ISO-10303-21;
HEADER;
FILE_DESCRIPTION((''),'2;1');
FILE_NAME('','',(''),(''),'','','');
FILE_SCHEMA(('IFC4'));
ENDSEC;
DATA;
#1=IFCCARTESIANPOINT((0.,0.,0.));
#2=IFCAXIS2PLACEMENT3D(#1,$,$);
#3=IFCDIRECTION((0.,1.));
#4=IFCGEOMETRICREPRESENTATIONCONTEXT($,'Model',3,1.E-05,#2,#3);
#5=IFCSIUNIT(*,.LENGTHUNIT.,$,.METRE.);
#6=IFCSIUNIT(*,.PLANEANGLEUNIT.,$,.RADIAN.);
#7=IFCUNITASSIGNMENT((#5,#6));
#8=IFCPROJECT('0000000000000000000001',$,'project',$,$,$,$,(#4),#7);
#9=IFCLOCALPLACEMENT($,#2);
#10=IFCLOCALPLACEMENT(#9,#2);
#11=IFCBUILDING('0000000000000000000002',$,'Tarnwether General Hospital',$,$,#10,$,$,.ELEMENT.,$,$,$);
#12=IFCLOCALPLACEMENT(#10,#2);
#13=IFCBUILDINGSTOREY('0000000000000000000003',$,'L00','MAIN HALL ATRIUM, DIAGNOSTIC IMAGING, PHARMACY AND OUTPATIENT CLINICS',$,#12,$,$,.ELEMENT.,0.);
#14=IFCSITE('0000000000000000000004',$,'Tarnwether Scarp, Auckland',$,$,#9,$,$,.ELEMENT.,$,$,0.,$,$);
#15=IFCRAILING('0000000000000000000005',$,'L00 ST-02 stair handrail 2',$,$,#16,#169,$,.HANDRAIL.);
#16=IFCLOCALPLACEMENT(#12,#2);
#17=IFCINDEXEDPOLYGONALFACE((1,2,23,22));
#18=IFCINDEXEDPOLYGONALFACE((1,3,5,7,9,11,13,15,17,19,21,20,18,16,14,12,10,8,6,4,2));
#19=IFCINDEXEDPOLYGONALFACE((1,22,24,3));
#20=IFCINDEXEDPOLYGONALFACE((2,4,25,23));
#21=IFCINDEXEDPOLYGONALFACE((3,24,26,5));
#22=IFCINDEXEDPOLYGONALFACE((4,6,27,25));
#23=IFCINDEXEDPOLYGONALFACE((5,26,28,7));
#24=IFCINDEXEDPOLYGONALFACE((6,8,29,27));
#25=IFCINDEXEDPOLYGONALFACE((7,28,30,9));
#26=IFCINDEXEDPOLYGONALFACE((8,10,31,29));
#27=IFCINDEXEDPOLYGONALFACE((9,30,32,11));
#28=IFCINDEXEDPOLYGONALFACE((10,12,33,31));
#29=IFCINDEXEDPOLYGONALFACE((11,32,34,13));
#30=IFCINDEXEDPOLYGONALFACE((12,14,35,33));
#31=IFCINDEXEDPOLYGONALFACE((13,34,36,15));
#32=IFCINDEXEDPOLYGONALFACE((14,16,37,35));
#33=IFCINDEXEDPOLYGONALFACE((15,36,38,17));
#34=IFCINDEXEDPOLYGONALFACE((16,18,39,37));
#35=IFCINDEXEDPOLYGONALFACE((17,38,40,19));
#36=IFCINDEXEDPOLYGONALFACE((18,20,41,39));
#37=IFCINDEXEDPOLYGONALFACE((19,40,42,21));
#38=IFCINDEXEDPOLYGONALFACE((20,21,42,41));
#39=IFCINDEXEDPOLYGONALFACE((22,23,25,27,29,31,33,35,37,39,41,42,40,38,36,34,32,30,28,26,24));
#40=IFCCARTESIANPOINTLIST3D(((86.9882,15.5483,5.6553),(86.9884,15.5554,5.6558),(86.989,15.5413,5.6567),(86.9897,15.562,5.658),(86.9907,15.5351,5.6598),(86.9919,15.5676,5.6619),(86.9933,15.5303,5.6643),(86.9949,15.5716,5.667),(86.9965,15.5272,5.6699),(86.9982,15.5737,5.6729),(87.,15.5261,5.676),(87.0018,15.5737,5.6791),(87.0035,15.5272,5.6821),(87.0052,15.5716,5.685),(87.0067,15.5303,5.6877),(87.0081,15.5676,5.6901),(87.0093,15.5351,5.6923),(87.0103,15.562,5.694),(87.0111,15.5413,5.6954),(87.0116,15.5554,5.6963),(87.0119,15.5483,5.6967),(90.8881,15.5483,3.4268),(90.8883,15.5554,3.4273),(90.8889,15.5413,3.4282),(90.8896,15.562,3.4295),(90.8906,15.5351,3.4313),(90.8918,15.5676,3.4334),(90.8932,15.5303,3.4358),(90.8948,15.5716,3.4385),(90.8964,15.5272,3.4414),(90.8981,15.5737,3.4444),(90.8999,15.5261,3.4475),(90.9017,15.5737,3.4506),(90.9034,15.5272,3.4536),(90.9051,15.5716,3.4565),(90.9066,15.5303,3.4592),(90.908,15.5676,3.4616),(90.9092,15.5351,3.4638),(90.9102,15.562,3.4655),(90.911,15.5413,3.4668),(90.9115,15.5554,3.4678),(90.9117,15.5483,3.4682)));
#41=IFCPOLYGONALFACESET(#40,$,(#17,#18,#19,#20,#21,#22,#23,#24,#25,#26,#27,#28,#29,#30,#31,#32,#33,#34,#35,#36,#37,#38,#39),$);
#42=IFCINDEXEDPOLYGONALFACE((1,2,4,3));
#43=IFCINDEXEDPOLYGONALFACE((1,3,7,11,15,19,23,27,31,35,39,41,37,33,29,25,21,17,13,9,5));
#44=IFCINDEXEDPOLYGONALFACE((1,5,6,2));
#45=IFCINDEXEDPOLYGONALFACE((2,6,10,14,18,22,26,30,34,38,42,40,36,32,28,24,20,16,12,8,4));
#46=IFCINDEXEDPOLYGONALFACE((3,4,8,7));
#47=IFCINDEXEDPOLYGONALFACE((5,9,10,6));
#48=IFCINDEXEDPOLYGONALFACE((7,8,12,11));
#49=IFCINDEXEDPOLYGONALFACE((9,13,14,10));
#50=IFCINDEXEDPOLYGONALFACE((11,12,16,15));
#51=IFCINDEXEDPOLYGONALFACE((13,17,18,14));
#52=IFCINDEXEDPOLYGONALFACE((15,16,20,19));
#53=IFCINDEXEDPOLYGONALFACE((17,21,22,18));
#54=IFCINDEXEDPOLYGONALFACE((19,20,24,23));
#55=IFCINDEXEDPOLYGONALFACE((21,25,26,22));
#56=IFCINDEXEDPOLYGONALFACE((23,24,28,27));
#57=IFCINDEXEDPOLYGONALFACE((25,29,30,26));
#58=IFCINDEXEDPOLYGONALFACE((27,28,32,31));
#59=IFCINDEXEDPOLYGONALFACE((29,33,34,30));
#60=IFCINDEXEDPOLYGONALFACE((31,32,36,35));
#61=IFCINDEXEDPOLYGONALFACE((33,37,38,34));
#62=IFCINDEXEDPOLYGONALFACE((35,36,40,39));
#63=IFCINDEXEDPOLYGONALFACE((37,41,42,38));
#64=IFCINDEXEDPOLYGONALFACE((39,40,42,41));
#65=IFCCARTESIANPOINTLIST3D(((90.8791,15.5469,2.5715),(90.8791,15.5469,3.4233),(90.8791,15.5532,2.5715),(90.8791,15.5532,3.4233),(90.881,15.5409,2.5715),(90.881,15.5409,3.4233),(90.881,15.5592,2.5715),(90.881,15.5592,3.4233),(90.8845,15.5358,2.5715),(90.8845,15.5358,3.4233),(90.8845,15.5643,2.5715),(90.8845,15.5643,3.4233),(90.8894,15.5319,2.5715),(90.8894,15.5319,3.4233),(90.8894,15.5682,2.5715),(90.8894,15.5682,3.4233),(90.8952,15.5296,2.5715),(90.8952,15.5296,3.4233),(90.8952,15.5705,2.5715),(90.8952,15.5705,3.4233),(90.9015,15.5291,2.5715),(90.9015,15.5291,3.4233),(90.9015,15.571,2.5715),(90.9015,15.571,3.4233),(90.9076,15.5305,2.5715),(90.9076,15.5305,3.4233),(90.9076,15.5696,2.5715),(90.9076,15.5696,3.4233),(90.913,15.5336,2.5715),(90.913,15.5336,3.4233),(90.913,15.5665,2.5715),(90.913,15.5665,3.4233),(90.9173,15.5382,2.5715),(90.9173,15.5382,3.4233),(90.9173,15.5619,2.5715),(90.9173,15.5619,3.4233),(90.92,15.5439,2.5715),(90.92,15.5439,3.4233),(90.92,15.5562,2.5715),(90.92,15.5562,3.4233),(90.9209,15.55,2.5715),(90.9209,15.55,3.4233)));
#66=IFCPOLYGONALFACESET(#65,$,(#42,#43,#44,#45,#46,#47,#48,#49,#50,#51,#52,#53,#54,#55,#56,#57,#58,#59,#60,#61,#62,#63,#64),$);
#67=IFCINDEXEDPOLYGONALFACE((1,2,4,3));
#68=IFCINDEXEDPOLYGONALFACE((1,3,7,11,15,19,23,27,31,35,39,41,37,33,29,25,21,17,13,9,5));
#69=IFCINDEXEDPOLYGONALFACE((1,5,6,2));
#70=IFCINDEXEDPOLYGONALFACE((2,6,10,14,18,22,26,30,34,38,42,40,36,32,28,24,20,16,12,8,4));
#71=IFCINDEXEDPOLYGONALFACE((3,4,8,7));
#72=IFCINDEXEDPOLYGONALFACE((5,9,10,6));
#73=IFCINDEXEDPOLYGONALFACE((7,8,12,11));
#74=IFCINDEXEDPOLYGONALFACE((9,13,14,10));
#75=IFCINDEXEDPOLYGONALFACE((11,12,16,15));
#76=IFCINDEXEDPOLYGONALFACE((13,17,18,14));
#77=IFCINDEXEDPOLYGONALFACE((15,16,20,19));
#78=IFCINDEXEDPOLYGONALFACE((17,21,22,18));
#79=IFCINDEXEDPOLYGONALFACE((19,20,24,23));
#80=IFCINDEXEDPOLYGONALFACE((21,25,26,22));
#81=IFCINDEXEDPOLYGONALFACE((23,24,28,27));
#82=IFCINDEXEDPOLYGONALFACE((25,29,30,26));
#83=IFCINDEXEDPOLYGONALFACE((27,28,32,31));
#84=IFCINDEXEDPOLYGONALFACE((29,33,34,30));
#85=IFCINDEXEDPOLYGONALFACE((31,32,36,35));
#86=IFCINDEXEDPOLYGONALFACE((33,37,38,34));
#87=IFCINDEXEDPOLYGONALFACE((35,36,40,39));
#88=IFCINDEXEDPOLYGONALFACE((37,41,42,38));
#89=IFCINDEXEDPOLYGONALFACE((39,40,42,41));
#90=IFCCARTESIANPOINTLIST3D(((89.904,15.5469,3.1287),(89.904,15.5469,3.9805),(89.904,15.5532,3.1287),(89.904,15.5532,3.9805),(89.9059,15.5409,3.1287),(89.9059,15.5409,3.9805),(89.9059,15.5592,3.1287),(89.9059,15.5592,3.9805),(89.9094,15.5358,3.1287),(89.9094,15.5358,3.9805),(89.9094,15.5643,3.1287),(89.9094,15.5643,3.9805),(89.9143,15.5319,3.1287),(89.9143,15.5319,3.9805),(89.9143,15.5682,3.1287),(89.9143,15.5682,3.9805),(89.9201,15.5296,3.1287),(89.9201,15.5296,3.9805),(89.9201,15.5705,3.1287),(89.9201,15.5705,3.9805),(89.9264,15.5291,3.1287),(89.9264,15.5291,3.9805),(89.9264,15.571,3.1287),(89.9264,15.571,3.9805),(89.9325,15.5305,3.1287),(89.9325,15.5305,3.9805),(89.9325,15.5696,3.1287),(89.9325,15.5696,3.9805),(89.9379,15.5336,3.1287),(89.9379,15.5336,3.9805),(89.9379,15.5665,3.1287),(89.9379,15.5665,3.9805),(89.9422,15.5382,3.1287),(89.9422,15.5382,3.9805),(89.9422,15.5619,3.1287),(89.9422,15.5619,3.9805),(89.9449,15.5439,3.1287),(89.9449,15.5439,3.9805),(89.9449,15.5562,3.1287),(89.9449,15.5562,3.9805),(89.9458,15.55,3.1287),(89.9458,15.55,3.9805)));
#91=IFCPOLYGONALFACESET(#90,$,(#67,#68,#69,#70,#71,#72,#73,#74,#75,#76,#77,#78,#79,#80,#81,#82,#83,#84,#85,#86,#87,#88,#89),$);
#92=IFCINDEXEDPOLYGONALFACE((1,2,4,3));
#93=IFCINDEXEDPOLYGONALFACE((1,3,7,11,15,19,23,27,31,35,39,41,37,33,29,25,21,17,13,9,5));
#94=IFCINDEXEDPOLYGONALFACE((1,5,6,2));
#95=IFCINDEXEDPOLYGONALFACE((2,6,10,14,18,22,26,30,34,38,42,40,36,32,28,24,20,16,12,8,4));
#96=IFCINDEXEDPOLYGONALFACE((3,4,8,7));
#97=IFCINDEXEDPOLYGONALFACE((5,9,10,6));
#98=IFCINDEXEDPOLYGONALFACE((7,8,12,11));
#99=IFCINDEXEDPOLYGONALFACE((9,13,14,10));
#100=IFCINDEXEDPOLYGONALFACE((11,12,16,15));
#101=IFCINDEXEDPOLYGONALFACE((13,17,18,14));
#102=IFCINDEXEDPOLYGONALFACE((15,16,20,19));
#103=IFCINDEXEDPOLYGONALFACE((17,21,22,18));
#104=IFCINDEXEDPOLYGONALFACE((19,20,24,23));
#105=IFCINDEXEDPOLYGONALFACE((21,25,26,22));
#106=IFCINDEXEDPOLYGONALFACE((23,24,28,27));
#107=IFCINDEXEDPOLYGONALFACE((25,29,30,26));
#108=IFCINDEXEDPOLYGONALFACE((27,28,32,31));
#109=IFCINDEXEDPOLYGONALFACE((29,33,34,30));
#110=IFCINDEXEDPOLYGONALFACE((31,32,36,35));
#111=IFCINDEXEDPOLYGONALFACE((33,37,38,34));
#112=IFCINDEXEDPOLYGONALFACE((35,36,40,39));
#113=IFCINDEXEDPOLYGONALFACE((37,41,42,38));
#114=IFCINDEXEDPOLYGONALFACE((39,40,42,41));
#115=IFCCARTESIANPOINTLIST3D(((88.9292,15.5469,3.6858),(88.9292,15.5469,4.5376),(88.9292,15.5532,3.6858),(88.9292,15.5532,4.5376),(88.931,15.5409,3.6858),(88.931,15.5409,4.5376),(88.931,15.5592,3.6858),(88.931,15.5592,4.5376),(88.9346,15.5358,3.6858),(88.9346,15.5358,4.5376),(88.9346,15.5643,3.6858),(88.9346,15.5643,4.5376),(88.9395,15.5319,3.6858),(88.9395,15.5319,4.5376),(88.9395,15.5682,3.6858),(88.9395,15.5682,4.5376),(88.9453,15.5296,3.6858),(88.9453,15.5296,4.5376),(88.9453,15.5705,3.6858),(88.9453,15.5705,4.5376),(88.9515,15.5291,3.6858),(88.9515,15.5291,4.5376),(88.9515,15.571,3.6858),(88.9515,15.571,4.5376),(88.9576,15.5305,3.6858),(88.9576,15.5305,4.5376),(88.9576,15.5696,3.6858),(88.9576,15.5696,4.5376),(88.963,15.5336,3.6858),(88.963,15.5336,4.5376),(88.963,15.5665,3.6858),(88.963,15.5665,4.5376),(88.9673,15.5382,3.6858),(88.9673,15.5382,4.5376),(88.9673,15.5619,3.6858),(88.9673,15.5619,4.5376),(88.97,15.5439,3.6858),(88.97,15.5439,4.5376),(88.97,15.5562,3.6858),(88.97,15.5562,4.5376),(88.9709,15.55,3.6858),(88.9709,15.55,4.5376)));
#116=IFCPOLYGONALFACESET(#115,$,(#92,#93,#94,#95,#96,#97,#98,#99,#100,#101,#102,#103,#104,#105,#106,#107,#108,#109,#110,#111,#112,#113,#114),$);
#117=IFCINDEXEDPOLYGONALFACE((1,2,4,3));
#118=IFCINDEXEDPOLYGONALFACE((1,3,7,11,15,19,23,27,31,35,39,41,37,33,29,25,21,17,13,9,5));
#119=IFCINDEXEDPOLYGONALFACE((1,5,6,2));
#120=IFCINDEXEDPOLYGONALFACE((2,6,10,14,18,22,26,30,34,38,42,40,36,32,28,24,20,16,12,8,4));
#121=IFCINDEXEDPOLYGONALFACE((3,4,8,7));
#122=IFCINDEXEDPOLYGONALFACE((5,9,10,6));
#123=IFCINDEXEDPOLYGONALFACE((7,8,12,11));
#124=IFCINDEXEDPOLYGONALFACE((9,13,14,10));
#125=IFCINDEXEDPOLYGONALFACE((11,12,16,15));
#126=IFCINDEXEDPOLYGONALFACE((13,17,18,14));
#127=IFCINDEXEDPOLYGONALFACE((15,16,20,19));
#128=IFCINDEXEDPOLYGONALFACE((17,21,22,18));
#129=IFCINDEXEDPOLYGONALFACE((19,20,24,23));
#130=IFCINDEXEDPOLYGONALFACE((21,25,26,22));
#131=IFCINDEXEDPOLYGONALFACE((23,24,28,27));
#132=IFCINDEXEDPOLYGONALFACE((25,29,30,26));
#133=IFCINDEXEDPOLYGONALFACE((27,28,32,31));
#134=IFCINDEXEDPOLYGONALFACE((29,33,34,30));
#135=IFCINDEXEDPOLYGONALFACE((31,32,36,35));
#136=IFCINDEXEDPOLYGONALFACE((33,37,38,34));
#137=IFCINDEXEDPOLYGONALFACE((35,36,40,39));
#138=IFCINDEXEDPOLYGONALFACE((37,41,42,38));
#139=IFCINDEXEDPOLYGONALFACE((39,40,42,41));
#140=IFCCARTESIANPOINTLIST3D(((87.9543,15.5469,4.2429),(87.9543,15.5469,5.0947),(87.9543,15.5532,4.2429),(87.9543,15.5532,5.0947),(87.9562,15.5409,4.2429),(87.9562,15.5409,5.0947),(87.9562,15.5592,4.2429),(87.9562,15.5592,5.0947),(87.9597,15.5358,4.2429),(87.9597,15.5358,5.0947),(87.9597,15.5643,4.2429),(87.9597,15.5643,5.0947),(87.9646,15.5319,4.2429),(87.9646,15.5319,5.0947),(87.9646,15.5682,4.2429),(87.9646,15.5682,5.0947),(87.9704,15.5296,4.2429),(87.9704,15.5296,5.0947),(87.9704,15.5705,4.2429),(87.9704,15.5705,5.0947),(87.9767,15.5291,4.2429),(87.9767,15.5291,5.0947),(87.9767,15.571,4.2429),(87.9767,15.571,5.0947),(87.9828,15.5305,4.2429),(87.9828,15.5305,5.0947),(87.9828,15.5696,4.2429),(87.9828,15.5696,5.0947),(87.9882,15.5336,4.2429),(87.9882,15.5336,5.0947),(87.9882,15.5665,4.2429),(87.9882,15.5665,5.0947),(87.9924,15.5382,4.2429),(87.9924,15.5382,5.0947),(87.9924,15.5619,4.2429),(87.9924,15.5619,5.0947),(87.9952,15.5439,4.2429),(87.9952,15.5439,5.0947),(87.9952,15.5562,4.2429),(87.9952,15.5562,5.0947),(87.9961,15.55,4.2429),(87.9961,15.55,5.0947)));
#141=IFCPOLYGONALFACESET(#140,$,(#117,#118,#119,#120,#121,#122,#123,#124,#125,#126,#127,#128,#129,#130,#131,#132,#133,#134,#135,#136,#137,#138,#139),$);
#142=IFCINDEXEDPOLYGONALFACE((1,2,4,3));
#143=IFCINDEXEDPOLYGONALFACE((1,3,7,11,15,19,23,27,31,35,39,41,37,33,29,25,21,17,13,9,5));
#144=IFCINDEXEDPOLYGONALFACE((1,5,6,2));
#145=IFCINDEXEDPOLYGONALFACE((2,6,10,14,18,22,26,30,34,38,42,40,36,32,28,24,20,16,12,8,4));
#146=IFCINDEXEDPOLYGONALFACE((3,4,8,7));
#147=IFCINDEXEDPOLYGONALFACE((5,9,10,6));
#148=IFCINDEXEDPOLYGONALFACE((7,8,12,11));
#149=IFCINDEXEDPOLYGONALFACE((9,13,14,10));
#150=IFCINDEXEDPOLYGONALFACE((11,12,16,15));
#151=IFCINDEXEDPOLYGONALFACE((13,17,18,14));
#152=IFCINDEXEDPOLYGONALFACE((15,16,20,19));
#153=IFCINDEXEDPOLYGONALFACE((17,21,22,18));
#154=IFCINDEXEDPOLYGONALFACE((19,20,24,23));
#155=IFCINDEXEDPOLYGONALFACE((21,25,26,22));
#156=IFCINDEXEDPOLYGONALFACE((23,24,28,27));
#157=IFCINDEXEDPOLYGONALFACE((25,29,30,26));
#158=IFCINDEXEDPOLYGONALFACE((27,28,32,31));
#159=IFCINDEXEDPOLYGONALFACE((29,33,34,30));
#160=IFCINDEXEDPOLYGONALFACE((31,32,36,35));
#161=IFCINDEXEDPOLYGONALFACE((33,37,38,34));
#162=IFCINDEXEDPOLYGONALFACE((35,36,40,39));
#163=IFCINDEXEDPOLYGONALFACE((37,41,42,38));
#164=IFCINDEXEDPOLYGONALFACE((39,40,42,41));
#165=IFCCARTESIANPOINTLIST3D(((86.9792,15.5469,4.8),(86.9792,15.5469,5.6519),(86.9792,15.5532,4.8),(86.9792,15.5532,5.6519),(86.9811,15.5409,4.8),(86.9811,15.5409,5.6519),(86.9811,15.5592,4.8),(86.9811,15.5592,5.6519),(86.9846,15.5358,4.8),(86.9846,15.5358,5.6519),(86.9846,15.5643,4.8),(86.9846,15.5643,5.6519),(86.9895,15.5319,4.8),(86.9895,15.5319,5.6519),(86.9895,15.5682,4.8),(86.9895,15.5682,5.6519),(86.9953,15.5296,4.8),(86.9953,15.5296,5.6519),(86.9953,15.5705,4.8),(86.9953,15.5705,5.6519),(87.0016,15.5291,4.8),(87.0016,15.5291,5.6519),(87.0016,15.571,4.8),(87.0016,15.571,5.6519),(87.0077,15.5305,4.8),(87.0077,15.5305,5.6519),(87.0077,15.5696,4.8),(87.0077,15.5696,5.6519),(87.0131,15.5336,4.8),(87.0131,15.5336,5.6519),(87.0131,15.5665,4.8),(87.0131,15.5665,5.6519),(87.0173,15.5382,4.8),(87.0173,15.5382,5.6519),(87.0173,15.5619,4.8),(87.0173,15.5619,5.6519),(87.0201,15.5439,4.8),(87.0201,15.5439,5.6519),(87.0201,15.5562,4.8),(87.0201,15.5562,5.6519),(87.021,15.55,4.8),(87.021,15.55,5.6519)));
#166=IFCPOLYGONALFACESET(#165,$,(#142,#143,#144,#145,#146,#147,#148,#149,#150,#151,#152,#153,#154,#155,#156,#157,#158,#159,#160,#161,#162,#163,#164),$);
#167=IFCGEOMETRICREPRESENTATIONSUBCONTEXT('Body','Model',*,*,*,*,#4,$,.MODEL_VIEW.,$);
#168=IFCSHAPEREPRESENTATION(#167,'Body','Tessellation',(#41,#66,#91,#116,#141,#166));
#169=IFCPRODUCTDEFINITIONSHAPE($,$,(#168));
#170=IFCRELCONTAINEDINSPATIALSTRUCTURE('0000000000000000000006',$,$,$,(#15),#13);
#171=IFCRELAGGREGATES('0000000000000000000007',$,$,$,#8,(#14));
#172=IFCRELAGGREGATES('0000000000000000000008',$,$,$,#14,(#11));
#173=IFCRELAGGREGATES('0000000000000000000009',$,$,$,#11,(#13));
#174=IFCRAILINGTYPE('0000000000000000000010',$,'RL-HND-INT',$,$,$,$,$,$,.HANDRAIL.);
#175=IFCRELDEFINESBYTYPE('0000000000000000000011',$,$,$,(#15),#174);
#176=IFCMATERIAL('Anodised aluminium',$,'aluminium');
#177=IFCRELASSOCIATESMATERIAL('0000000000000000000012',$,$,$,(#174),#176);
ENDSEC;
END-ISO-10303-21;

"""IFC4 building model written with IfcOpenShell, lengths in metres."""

from ifc_helpers import new_model, si_unit, direction, frame, origin, origin_2d, place, context, subcontext, project, spatial, circle, extrude, material, type_object, element, save


model = new_model("IFC4")

# Units and contexts
model_context = context("Model", 3, precision=1e-05, world=origin(), true_north=direction((0.0, 1.0)))
body_context = subcontext(model_context, "Body", "Model", "MODEL_VIEW")
ifc_project = project(units=[si_unit("LENGTHUNIT", "METRE"), si_unit("PLANEANGLEUNIT", "RADIAN")], contexts=[model_context])

# Site, building, storey
site_placement = place(None, origin())
site = spatial("IfcSite", under=ifc_project, at=site_placement, Name="Tarnwether Scarp, Auckland", CompositionType="ELEMENT", RefElevation=0.0)
building_placement = place(site_placement, origin())
building = spatial("IfcBuilding", under=site, at=building_placement, Name="Tarnwether General Hospital", CompositionType="ELEMENT")
storey_placement = place(building_placement, origin())
storey = spatial("IfcBuildingStorey", under=building, at=storey_placement, Name="L00", Description="MAIN HALL ATRIUM, DIAGNOSTIC IMAGING, PHARMACY AND OUTPATIENT CLINICS", CompositionType="ELEMENT", Elevation=0.0)

# Railing
ifc_material_1 = material(Name="Anodised aluminium", Category="aluminium")
railing_type_1 = type_object("IfcRailingType", Name="RL-HND-INT", PredefinedType="HANDRAIL", material=ifc_material_1)
railing_1_placement = place(storey_placement, frame((90.8999, 15.55, 2.5715)))
element("IfcRailing", 1, at=railing_1_placement, inside=storey, type_object=railing_type_1, Name="L00 ST-02 stair handrail 2", PredefinedType="HANDRAIL", context=body_context, shape_type="SweptSolid", body=[
    extrude(circle(Radius=0.0239, at=origin_2d()), frame((0.0, 0.0, 0.876), z_axis=(-0.868243, 0.0, 0.496139), x_axis=(0.0, -1.0, 0.0)), (0.0, 0.0, 1.0), 4.4917),
    extrude(circle(Radius=0.021, at=origin_2d()), origin(), (0.0, 0.0, 1.0), 0.8518),
    extrude(circle(Radius=0.021, at=origin_2d()), frame((-0.9751, 0.0, 0.5571)), (0.0, 0.0, 1.0), 0.8518),
    extrude(circle(Radius=0.021, at=origin_2d()), frame((-1.95, 0.0, 1.1143)), (0.0, 0.0, 1.0), 0.8518),
    extrude(circle(Radius=0.021, at=origin_2d()), frame((-2.9248, 0.0, 1.6714)), (0.0, 0.0, 1.0), 0.8518),
    extrude(circle(Radius=0.021, at=origin_2d()), frame((-3.8999, 0.0, 2.2285)), (0.0, 0.0, 1.0), 0.8518),
])

save(model, "model.ifc")
